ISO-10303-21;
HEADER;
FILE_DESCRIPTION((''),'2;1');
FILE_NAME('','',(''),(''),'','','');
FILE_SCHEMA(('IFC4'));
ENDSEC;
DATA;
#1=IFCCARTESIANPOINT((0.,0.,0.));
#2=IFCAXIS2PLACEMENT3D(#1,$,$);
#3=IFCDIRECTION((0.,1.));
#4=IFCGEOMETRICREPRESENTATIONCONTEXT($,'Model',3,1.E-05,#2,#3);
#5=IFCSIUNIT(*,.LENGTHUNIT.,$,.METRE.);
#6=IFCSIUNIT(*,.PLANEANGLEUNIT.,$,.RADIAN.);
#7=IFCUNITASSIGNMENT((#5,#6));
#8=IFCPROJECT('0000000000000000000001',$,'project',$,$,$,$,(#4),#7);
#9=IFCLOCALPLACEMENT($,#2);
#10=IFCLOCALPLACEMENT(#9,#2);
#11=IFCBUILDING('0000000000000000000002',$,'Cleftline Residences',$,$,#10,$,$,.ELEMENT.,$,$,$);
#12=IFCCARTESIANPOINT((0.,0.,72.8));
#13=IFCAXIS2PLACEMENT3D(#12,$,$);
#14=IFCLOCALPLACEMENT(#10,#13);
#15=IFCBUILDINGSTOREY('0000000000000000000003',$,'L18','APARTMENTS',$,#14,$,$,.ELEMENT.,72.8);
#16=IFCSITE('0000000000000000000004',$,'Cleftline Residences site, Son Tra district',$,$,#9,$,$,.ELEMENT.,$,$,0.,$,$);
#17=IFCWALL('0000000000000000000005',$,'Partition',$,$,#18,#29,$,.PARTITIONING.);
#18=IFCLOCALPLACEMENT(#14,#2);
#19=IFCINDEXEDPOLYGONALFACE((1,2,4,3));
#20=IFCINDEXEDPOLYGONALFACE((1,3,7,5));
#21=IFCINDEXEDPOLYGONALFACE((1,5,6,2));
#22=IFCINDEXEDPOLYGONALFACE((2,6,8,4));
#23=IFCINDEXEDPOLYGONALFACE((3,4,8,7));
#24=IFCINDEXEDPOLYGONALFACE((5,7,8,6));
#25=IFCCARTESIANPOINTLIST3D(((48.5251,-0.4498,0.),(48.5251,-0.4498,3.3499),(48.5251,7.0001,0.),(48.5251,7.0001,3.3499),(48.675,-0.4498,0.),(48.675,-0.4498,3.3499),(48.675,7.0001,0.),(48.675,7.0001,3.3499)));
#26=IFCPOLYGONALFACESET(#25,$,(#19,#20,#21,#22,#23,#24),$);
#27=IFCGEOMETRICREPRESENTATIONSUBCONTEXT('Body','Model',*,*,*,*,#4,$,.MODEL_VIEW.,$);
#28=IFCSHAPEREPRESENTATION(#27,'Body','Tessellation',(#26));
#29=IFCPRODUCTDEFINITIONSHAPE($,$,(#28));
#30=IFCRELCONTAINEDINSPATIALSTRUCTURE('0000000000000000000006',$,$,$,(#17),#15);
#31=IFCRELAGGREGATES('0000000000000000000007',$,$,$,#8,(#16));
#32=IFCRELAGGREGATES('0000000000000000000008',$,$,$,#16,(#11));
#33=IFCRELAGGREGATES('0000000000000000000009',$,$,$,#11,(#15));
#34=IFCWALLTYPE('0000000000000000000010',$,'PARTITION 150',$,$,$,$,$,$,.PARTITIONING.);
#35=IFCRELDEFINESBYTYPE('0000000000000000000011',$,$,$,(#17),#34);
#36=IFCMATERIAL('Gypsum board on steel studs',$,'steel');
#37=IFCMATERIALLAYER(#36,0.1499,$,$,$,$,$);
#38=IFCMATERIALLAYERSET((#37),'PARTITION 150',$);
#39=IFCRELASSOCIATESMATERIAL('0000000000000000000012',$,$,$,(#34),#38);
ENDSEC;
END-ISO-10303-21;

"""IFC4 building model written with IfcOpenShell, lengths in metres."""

from ifc_helpers import new_model, si_unit, direction, frame, frame_2d, origin, place, context, subcontext, project, spatial, rectangle, extrude, material, layer, layer_set, type_object, element, save


model = new_model("IFC4")

# Units and contexts
model_context = context("Model", 3, precision=1e-05, world=origin(), true_north=direction((0.0, 1.0)))
body_context = subcontext(model_context, "Body", "Model", "MODEL_VIEW")
ifc_project = project(units=[si_unit("LENGTHUNIT", "METRE"), si_unit("PLANEANGLEUNIT", "RADIAN")], contexts=[model_context])

# Site, building, storey
site_placement = place(None, origin())
site = spatial("IfcSite", under=ifc_project, at=site_placement, Name="Cleftline Residences site, Son Tra district", CompositionType="ELEMENT", RefElevation=0.0)
building_placement = place(site_placement, origin())
building = spatial("IfcBuilding", under=site, at=building_placement, Name="Cleftline Residences", CompositionType="ELEMENT")
storey_placement = place(building_placement, frame((0.0, 0.0, 72.8)))
storey = spatial("IfcBuildingStorey", under=building, at=storey_placement, Name="L18", Description="APARTMENTS", CompositionType="ELEMENT", Elevation=72.8)

# Shared definitions
ifc_material_1 = material(Name="Gypsum board on steel studs", Category="steel")
ifc_layer_1 = layer(ifc_material_1, 0.1499)
ifc_layer_set_1 = layer_set([ifc_layer_1], Name="PARTITION 150")
wall_type_1 = type_object("IfcWallType", Name="PARTITION 150", PredefinedType="PARTITIONING", material=ifc_layer_set_1)

# Wall
wall_1_placement = place(storey_placement, frame((48.6001, -0.45, 0.0), z_axis=(0.0, 0.0, 1.0), x_axis=(0.0, 1.0, 0.0)))
element("IfcWall", 1, at=wall_1_placement, inside=storey, type_object=wall_type_1, Name="Partition", PredefinedType="PARTITIONING", context=body_context, shape_type="SweptSolid", body=[
    extrude(rectangle(XDim=7.45, YDim=0.1499, at=frame_2d((3.7251, 0.0))), origin(), (0.0, 0.0, 1.0), 3.3499),
])

save(model, "model.ifc")
